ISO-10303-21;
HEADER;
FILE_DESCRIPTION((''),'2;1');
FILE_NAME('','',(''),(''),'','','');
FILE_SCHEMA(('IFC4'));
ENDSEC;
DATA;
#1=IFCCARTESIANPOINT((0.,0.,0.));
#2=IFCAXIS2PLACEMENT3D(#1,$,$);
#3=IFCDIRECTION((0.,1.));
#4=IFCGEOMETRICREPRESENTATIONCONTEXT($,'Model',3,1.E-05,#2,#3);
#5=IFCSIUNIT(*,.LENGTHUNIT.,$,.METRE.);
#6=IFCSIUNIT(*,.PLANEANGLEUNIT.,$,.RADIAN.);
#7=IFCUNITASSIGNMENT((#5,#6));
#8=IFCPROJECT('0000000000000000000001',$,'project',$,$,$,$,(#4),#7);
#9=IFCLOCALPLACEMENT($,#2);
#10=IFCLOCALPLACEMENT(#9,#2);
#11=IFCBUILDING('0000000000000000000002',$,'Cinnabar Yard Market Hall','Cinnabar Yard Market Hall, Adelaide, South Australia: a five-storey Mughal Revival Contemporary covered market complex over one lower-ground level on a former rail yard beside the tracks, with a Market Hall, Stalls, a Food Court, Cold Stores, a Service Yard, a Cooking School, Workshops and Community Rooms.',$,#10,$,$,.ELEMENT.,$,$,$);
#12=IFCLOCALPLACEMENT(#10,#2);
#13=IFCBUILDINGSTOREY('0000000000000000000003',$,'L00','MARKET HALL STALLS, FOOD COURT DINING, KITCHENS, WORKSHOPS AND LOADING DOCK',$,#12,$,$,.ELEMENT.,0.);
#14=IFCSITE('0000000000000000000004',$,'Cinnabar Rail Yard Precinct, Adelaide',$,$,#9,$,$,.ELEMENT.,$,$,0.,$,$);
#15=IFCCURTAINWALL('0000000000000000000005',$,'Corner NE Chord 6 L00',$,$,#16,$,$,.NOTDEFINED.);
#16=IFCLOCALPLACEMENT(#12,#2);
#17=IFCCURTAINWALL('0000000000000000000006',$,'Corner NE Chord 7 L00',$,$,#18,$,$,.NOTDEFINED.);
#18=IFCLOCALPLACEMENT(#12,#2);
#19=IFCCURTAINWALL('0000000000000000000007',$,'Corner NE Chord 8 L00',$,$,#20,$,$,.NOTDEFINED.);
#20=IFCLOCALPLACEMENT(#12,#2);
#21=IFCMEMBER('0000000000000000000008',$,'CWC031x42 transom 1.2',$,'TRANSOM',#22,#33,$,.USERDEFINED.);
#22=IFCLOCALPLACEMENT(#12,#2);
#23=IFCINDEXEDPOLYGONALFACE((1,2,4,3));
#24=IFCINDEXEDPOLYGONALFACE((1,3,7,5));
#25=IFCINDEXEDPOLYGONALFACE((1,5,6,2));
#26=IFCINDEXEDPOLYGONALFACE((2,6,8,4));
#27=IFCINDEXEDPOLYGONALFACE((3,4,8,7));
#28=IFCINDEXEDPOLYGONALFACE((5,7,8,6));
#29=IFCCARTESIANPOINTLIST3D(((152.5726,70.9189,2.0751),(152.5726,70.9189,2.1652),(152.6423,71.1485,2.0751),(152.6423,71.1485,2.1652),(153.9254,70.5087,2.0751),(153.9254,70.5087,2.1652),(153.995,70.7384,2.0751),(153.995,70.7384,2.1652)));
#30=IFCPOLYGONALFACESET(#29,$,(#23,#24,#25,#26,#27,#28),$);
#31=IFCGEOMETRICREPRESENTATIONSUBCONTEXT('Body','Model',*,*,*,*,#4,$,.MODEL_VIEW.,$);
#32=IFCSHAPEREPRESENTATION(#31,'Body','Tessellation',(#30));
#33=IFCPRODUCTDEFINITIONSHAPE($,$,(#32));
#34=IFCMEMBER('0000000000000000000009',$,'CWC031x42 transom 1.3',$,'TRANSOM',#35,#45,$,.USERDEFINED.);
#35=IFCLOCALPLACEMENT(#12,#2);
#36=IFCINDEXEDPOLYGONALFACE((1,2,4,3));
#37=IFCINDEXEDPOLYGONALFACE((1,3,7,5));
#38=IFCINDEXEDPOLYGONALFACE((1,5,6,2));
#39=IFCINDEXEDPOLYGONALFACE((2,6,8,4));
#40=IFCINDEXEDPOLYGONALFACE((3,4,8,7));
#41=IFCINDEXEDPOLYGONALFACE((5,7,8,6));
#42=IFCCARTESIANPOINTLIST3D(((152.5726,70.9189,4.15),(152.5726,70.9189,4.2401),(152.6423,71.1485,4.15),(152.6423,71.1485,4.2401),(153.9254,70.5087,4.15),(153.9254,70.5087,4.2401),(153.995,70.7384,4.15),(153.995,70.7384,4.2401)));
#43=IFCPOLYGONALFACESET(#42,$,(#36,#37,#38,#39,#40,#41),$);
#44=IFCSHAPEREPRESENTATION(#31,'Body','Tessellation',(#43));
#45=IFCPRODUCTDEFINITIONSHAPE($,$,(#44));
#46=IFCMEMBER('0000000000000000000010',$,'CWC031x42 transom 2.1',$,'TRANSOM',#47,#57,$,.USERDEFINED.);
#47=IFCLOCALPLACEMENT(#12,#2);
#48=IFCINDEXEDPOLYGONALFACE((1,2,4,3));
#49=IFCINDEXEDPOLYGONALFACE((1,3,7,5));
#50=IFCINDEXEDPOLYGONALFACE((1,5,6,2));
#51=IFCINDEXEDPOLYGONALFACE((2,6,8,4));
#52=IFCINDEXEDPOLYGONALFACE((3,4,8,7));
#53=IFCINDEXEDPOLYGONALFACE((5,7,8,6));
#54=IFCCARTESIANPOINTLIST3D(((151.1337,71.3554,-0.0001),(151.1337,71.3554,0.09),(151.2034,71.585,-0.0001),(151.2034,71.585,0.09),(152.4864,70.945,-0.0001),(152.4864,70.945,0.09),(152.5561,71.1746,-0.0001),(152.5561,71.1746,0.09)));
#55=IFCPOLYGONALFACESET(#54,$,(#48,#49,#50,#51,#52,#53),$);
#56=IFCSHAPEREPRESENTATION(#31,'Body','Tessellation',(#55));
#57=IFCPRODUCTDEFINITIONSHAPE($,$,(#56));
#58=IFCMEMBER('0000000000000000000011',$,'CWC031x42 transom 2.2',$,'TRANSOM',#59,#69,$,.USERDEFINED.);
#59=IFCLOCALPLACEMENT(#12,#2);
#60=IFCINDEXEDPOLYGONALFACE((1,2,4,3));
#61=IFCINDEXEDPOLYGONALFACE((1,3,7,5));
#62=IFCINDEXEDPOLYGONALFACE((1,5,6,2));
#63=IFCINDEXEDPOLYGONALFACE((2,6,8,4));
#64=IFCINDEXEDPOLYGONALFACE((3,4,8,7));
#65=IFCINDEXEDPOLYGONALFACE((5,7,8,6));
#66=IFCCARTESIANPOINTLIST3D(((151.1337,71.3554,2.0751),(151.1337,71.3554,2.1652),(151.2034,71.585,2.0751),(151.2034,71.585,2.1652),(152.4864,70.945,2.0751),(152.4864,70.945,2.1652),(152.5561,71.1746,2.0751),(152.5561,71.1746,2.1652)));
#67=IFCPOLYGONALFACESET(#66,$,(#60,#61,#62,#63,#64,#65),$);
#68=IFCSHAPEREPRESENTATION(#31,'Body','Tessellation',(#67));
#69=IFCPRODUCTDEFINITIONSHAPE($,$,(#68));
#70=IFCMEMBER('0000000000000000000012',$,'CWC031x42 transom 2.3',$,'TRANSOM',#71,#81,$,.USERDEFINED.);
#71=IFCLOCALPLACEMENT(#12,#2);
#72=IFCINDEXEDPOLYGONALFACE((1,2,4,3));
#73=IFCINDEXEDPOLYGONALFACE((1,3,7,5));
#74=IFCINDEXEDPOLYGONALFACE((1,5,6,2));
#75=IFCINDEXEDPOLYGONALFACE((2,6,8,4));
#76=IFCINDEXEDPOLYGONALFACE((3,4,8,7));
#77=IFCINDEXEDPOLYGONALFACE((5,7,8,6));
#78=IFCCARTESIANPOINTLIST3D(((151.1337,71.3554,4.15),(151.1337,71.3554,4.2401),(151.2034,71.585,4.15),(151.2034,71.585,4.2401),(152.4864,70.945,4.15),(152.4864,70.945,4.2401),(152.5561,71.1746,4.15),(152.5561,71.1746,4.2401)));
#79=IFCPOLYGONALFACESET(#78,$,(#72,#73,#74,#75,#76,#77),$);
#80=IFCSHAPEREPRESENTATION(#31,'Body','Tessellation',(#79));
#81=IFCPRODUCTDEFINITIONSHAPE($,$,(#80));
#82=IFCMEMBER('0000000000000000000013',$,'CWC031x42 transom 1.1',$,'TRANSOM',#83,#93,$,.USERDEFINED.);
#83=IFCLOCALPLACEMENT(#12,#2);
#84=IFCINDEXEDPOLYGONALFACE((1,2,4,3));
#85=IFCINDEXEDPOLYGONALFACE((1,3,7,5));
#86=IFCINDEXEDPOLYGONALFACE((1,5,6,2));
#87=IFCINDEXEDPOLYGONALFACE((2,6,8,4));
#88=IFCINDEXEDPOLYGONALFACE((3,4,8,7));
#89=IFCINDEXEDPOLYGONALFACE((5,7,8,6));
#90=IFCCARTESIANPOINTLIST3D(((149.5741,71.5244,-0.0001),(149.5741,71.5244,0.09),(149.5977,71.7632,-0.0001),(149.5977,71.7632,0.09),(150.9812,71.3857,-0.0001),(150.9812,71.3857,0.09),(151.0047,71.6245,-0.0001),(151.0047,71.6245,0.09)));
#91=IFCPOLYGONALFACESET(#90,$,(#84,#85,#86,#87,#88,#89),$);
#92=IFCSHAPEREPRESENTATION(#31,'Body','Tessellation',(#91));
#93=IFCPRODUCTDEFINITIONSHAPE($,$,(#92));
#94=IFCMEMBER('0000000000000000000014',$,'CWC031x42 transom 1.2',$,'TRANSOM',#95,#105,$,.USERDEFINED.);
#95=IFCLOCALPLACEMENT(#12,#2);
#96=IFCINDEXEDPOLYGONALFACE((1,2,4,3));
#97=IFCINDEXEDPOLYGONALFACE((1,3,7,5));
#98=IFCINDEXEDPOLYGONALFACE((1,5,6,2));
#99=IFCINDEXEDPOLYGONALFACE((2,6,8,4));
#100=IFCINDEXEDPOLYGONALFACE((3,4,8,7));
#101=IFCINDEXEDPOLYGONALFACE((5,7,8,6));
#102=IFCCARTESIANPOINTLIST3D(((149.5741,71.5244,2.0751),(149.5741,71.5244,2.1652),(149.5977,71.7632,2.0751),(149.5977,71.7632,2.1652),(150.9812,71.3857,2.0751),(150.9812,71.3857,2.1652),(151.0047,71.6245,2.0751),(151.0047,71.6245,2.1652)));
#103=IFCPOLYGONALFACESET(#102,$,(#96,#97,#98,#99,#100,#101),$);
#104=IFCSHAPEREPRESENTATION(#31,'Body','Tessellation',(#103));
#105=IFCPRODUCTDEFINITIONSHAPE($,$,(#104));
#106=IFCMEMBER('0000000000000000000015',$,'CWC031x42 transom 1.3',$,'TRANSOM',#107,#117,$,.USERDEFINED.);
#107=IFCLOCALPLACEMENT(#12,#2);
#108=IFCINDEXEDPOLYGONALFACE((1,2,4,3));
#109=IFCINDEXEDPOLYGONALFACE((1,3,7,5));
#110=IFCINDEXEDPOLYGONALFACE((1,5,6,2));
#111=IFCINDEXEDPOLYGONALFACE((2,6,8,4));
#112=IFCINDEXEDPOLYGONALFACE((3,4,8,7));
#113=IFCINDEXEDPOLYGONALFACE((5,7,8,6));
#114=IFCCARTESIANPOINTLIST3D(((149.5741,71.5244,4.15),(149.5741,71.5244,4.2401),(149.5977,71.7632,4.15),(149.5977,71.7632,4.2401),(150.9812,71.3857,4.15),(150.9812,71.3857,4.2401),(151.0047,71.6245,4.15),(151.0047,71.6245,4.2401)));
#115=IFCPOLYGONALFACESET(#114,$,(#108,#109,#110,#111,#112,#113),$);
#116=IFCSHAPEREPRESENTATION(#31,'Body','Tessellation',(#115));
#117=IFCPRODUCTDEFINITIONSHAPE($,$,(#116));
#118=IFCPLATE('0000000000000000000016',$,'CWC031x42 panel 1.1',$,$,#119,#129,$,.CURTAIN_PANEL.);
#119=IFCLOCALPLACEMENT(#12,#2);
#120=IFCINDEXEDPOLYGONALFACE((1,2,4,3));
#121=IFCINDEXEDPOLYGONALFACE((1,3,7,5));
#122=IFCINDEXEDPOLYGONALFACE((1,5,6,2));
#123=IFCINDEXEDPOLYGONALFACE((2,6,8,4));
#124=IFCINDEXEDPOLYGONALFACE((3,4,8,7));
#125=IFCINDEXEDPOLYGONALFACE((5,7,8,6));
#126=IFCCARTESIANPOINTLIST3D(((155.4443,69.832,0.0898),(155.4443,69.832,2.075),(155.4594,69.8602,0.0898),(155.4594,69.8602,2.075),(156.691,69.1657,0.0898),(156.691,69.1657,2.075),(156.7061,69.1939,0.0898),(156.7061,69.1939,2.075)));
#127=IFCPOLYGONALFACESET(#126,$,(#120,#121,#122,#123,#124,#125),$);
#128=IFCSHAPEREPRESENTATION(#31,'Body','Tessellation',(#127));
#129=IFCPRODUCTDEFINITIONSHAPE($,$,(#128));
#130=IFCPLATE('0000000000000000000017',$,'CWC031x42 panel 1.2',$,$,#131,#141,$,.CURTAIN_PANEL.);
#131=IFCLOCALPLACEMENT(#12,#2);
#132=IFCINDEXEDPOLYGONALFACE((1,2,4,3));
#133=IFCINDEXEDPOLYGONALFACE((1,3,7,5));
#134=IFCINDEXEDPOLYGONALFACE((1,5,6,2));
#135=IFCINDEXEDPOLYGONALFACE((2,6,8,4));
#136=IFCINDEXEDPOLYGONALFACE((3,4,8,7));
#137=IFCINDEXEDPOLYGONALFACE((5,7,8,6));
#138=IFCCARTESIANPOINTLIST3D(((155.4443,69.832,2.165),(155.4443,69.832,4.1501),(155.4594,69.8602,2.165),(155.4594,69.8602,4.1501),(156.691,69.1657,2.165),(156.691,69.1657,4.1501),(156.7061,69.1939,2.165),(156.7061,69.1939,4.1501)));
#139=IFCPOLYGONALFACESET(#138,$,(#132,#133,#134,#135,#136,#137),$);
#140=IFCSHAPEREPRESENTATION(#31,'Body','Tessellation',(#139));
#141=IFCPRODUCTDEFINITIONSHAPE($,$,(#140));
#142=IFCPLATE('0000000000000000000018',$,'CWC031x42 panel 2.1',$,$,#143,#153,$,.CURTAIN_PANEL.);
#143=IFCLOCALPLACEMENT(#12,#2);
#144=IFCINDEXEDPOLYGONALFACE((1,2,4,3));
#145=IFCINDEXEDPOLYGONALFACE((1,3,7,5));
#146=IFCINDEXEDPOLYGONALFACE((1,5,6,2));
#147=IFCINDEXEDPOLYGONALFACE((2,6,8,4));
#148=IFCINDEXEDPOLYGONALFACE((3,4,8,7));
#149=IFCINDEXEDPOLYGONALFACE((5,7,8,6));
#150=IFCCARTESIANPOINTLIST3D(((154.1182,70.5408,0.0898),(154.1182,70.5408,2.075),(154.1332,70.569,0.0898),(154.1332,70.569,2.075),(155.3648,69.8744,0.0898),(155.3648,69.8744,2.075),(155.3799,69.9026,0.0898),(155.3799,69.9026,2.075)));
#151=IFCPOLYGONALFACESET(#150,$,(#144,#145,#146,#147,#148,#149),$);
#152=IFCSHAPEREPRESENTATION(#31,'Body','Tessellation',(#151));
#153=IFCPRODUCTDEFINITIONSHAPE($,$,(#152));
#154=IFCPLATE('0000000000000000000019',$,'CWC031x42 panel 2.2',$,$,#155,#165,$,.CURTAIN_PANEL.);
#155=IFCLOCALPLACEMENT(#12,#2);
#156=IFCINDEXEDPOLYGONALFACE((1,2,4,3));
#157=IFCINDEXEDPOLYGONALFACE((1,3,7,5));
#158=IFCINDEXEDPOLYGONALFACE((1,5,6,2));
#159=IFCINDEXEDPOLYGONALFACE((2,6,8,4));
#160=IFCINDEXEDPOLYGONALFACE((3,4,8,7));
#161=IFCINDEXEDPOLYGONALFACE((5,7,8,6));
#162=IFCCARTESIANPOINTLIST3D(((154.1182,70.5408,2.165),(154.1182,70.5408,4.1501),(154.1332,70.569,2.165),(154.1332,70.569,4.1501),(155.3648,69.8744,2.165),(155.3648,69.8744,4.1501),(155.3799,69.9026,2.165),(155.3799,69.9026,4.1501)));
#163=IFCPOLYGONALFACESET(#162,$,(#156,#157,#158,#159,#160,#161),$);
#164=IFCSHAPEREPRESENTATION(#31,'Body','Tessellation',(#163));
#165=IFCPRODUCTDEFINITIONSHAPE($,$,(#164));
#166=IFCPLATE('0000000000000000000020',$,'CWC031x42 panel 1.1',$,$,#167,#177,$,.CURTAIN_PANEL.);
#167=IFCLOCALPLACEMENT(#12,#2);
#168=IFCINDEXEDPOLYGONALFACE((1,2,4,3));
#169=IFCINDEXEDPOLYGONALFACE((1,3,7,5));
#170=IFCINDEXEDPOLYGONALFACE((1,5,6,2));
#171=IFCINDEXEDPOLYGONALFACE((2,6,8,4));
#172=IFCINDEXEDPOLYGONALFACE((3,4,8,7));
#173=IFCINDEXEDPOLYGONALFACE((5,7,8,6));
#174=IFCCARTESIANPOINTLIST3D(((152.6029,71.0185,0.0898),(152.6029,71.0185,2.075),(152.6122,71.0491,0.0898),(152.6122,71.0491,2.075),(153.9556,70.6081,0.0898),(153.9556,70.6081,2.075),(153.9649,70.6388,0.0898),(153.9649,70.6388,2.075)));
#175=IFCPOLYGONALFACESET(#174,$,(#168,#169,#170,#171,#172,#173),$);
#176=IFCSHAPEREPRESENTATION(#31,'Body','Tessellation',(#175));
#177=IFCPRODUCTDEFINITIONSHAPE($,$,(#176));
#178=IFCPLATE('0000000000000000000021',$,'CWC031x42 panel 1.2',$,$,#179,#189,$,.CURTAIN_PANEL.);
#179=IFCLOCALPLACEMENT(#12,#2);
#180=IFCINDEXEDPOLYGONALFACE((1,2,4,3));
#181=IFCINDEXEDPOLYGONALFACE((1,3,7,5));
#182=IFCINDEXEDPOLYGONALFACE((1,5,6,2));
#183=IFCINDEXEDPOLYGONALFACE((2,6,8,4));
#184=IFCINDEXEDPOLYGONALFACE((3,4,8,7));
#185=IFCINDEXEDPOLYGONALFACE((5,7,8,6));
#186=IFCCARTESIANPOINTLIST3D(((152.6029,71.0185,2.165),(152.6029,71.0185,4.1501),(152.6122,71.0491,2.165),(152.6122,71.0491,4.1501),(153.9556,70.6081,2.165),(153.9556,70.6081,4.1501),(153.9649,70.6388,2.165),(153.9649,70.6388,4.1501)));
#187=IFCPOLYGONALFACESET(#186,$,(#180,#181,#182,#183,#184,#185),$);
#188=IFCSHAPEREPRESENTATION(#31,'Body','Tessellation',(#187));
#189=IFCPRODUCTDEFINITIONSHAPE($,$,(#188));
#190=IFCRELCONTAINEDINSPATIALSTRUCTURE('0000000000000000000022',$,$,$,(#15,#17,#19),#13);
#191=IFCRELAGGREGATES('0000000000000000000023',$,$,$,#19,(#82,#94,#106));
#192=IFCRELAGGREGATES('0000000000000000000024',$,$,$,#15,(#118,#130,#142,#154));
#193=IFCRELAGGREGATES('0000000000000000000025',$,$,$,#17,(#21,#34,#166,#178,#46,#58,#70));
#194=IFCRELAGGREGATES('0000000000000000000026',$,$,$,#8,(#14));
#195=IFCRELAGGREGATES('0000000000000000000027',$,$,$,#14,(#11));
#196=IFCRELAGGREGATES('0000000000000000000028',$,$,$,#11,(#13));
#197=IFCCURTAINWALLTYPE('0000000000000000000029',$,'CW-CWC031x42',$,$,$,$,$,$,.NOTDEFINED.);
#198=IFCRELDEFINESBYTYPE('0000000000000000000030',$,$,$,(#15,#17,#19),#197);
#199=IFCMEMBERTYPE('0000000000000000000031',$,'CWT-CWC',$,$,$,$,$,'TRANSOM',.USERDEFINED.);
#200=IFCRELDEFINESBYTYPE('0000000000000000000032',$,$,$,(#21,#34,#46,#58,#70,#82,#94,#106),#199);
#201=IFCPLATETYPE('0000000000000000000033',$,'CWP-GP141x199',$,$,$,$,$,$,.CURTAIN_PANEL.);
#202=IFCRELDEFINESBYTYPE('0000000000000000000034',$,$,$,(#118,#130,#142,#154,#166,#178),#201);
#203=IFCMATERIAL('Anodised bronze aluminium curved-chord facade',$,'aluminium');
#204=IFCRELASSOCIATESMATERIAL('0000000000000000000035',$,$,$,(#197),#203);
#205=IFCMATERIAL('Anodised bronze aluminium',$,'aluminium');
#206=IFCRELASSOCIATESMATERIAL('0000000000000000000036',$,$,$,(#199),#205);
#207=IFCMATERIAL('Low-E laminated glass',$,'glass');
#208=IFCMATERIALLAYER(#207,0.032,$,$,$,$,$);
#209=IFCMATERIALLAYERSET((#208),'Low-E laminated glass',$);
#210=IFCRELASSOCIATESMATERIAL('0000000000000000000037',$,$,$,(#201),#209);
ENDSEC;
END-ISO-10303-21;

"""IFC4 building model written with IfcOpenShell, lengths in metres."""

from ifc_helpers import new_model, si_unit, direction, frame, origin, origin_2d_with_axis, place, context, subcontext, project, spatial, rectangle, extrude, material, layer, layer_set, material_profile, profile_set, type_object, element, aggregate, save


model = new_model("IFC4")

# Units and contexts
model_context = context("Model", 3, precision=1e-05, world=origin(), true_north=direction((0.0, 1.0)))
body_context = subcontext(model_context, "Body", "Model", "MODEL_VIEW")
ifc_project = project(units=[si_unit("LENGTHUNIT", "METRE"), si_unit("PLANEANGLEUNIT", "RADIAN")], contexts=[model_context])

# Site, building, storey
site_placement = place(None, origin())
site = spatial("IfcSite", under=ifc_project, at=site_placement, Name="Cinnabar Rail Yard Precinct, Adelaide", CompositionType="ELEMENT", RefElevation=0.0)
building_placement = place(site_placement, origin())
building = spatial("IfcBuilding", under=site, at=building_placement, Name="Cinnabar Yard Market Hall", Description="Cinnabar Yard Market Hall, Adelaide, South Australia: a five-storey Mughal Revival Contemporary covered market complex over one lower-ground level on a former rail yard beside the tracks, with a Market Hall, Stalls, a Food Court, Cold Stores, a Service Yard, a Cooking School, Workshops and Community Rooms.", CompositionType="ELEMENT")
storey_placement = place(building_placement, origin())
storey = spatial("IfcBuildingStorey", under=building, at=storey_placement, Name="L00", Description="MARKET HALL STALLS, FOOD COURT DINING, KITCHENS, WORKSHOPS AND LOADING DOCK", CompositionType="ELEMENT", Elevation=0.0)

# Shared definitions
ifc_material_1 = material(Name="Anodised bronze aluminium curved-chord facade", Category="aluminium")
curtain_wall_type = type_object("IfcCurtainWallType", Name="CW-CWC031x42", PredefinedType="NOTDEFINED", material=ifc_material_1)
ifc_material_2 = material(Name="Anodised bronze aluminium", Category="aluminium")

# Curtain walls
curtain_wall_1_placement = place(storey_placement, origin())
curtain_wall_1 = element("IfcCurtainWall", 1, at=curtain_wall_1_placement, inside=storey, type_object=curtain_wall_type, Name="Corner NE Chord 6 L00", PredefinedType="NOTDEFINED")
curtain_wall_2_placement = place(storey_placement, origin())
curtain_wall_2 = element("IfcCurtainWall", 2, at=curtain_wall_2_placement, inside=storey, type_object=curtain_wall_type, Name="Corner NE Chord 7 L00", PredefinedType="NOTDEFINED")

# Curtain wall
curtain_wall_3_placement = place(storey_placement, origin())
curtain_wall_3 = element("IfcCurtainWall", 3, at=curtain_wall_3_placement, inside=storey, type_object=curtain_wall_type, Name="Corner NE Chord 8 L00", PredefinedType="NOTDEFINED")

# Members
ifc_material_profile_1 = material_profile(ifc_material_2, rectangle(XDim=0.24, YDim=0.0901, at=origin_2d_with_axis()), Name="TRN-CWC")
ifc_profile_set_1 = profile_set([ifc_material_profile_1], Name="Anodised bronze aluminium")
member_type_1 = type_object("IfcMemberType", Name="CWT-CWC", ElementType="TRANSOM", PredefinedType="USERDEFINED", material=ifc_profile_set_1)
member_1_placement = place(storey_placement, frame((153.9602, 70.6235, 2.1201), z_axis=(-0.956981, 0.290151, 0.0), x_axis=(-0.290151, -0.956981, 0.0)))
member_1 = element("IfcMember", 4, at=member_1_placement, type_object=member_type_1, Name="CWC031x42 transom 1.2", ObjectType="TRANSOM", PredefinedType="USERDEFINED", context=body_context, shape_type="SweptSolid", body=[
    extrude(rectangle(XDim=0.24, YDim=0.0901, at=origin_2d_with_axis()), origin(), (0.0, 0.0, 1.0), 1.4136),
])
member_2_placement = place(storey_placement, frame((153.9602, 70.6235, 4.1951), z_axis=(-0.956981, 0.290151, 0.0), x_axis=(-0.290151, -0.956981, 0.0)))
member_2 = element("IfcMember", 5, at=member_2_placement, type_object=member_type_1, Name="CWC031x42 transom 1.3", ObjectType="TRANSOM", PredefinedType="USERDEFINED", context=body_context, shape_type="SweptSolid", body=[
    extrude(rectangle(XDim=0.24, YDim=0.0901, at=origin_2d_with_axis()), origin(), (0.0, 0.0, 1.0), 1.4136),
])
member_3_placement = place(storey_placement, frame((152.5212, 71.0598, 0.0449), z_axis=(-0.956933, 0.290309, 0.0), x_axis=(-0.290309, -0.956933, 0.0)))
member_3 = element("IfcMember", 6, at=member_3_placement, type_object=member_type_1, Name="CWC031x42 transom 2.1", ObjectType="TRANSOM", PredefinedType="USERDEFINED", context=body_context, shape_type="SweptSolid", body=[
    extrude(rectangle(XDim=0.24, YDim=0.0901, at=origin_2d_with_axis()), origin(), (0.0, 0.0, 1.0), 1.4136),
])
member_4_placement = place(storey_placement, frame((152.5212, 71.0598, 2.1201), z_axis=(-0.956933, 0.290309, 0.0), x_axis=(-0.290309, -0.956933, 0.0)))
member_4 = element("IfcMember", 7, at=member_4_placement, type_object=member_type_1, Name="CWC031x42 transom 2.2", ObjectType="TRANSOM", PredefinedType="USERDEFINED", context=body_context, shape_type="SweptSolid", body=[
    extrude(rectangle(XDim=0.24, YDim=0.0901, at=origin_2d_with_axis()), origin(), (0.0, 0.0, 1.0), 1.4136),
])
member_5_placement = place(storey_placement, frame((152.5212, 71.0598, 4.1951), z_axis=(-0.956933, 0.290309, 0.0), x_axis=(-0.290309, -0.956933, 0.0)))
member_5 = element("IfcMember", 8, at=member_5_placement, type_object=member_type_1, Name="CWC031x42 transom 2.3", ObjectType="TRANSOM", PredefinedType="USERDEFINED", context=body_context, shape_type="SweptSolid", body=[
    extrude(rectangle(XDim=0.24, YDim=0.0901, at=origin_2d_with_axis()), origin(), (0.0, 0.0, 1.0), 1.4136),
])
member_6_placement = place(storey_placement, frame((150.9929, 71.5051, 0.0449), z_axis=(-0.995178, 0.098085, 0.0), x_axis=(-0.098085, -0.995178, 0.0)))
member_6 = element("IfcMember", 9, at=member_6_placement, type_object=member_type_1, Name="CWC031x42 transom 1.1", ObjectType="TRANSOM", PredefinedType="USERDEFINED", context=body_context, shape_type="SweptSolid", body=[
    extrude(rectangle(XDim=0.24, YDim=0.0901, at=origin_2d_with_axis()), origin(), (0.0, 0.0, 1.0), 1.4138),
])
member_7_placement = place(storey_placement, frame((150.9929, 71.5051, 2.1201), z_axis=(-0.995178, 0.098085, 0.0), x_axis=(-0.098085, -0.995178, 0.0)))
member_7 = element("IfcMember", 10, at=member_7_placement, type_object=member_type_1, Name="CWC031x42 transom 1.2", ObjectType="TRANSOM", PredefinedType="USERDEFINED", context=body_context, shape_type="SweptSolid", body=[
    extrude(rectangle(XDim=0.24, YDim=0.0901, at=origin_2d_with_axis()), origin(), (0.0, 0.0, 1.0), 1.4138),
])
member_8_placement = place(storey_placement, frame((150.9929, 71.5051, 4.1951), z_axis=(-0.995178, 0.098085, 0.0), x_axis=(-0.098085, -0.995178, 0.0)))
member_8 = element("IfcMember", 11, at=member_8_placement, type_object=member_type_1, Name="CWC031x42 transom 1.3", ObjectType="TRANSOM", PredefinedType="USERDEFINED", context=body_context, shape_type="SweptSolid", body=[
    extrude(rectangle(XDim=0.24, YDim=0.0901, at=origin_2d_with_axis()), origin(), (0.0, 0.0, 1.0), 1.4138),
])
aggregate(curtain_wall_3, [member_6, member_7, member_8])

# Plates
ifc_material_3 = material(Name="Low-E laminated glass", Category="glass")
ifc_layer = layer(ifc_material_3, 0.032)
ifc_layer_set = layer_set([ifc_layer], Name="Low-E laminated glass")
plate_type = type_object("IfcPlateType", Name="CWP-GP141x199", PredefinedType="CURTAIN_PANEL", material=ifc_layer_set)
plate_1_placement = place(storey_placement, frame((156.0752, 69.5129, 0.0898), z_axis=(0.0, 0.0, 1.0), x_axis=(-0.881917, 0.471404, 0.0)))
plate_1 = element("IfcPlate", 12, at=plate_1_placement, type_object=plate_type, Name="CWC031x42 panel 1.1", PredefinedType="CURTAIN_PANEL", context=body_context, shape_type="SweptSolid", body=[
    extrude(rectangle(XDim=1.4136, YDim=0.032, at=origin_2d_with_axis()), origin(), (0.0, 0.0, 1.0), 1.9851),
])
plate_2_placement = place(storey_placement, frame((156.0752, 69.5129, 2.165), z_axis=(0.0, 0.0, 1.0), x_axis=(-0.881917, 0.471404, 0.0)))
plate_2 = element("IfcPlate", 13, at=plate_2_placement, type_object=plate_type, Name="CWC031x42 panel 1.2", PredefinedType="CURTAIN_PANEL", context=body_context, shape_type="SweptSolid", body=[
    extrude(rectangle(XDim=1.4136, YDim=0.032, at=origin_2d_with_axis()), origin(), (0.0, 0.0, 1.0), 1.9851),
])
plate_3_placement = place(storey_placement, frame((154.749, 70.2217, 0.0898), z_axis=(0.0, 0.0, 1.0), x_axis=(-0.881917, 0.471404, 0.0)))
plate_3 = element("IfcPlate", 14, at=plate_3_placement, type_object=plate_type, Name="CWC031x42 panel 2.1", PredefinedType="CURTAIN_PANEL", context=body_context, shape_type="SweptSolid", body=[
    extrude(rectangle(XDim=1.4136, YDim=0.032, at=origin_2d_with_axis()), origin(), (0.0, 0.0, 1.0), 1.9851),
])
plate_4_placement = place(storey_placement, frame((154.749, 70.2217, 2.165), z_axis=(0.0, 0.0, 1.0), x_axis=(-0.881917, 0.471404, 0.0)))
plate_4 = element("IfcPlate", 15, at=plate_4_placement, type_object=plate_type, Name="CWC031x42 panel 2.2", PredefinedType="CURTAIN_PANEL", context=body_context, shape_type="SweptSolid", body=[
    extrude(rectangle(XDim=1.4136, YDim=0.032, at=origin_2d_with_axis()), origin(), (0.0, 0.0, 1.0), 1.9851),
])
aggregate(curtain_wall_1, [plate_1, plate_2, plate_3, plate_4])
plate_5_placement = place(storey_placement, frame((153.2839, 70.8286, 0.0898), z_axis=(0.0, 0.0, 1.0), x_axis=(-0.956942, 0.290279, 0.0)))
plate_5 = element("IfcPlate", 16, at=plate_5_placement, type_object=plate_type, Name="CWC031x42 panel 1.1", PredefinedType="CURTAIN_PANEL", context=body_context, shape_type="SweptSolid", body=[
    extrude(rectangle(XDim=1.4136, YDim=0.032, at=origin_2d_with_axis()), origin(), (0.0, 0.0, 1.0), 1.9851),
])
plate_6_placement = place(storey_placement, frame((153.2839, 70.8286, 2.165), z_axis=(0.0, 0.0, 1.0), x_axis=(-0.956942, 0.290279, 0.0)))
plate_6 = element("IfcPlate", 17, at=plate_6_placement, type_object=plate_type, Name="CWC031x42 panel 1.2", PredefinedType="CURTAIN_PANEL", context=body_context, shape_type="SweptSolid", body=[
    extrude(rectangle(XDim=1.4136, YDim=0.032, at=origin_2d_with_axis()), origin(), (0.0, 0.0, 1.0), 1.9851),
])
aggregate(curtain_wall_2, [member_1, member_2, plate_5, plate_6, member_3, member_4, member_5])

save(model, "model.ifc")
